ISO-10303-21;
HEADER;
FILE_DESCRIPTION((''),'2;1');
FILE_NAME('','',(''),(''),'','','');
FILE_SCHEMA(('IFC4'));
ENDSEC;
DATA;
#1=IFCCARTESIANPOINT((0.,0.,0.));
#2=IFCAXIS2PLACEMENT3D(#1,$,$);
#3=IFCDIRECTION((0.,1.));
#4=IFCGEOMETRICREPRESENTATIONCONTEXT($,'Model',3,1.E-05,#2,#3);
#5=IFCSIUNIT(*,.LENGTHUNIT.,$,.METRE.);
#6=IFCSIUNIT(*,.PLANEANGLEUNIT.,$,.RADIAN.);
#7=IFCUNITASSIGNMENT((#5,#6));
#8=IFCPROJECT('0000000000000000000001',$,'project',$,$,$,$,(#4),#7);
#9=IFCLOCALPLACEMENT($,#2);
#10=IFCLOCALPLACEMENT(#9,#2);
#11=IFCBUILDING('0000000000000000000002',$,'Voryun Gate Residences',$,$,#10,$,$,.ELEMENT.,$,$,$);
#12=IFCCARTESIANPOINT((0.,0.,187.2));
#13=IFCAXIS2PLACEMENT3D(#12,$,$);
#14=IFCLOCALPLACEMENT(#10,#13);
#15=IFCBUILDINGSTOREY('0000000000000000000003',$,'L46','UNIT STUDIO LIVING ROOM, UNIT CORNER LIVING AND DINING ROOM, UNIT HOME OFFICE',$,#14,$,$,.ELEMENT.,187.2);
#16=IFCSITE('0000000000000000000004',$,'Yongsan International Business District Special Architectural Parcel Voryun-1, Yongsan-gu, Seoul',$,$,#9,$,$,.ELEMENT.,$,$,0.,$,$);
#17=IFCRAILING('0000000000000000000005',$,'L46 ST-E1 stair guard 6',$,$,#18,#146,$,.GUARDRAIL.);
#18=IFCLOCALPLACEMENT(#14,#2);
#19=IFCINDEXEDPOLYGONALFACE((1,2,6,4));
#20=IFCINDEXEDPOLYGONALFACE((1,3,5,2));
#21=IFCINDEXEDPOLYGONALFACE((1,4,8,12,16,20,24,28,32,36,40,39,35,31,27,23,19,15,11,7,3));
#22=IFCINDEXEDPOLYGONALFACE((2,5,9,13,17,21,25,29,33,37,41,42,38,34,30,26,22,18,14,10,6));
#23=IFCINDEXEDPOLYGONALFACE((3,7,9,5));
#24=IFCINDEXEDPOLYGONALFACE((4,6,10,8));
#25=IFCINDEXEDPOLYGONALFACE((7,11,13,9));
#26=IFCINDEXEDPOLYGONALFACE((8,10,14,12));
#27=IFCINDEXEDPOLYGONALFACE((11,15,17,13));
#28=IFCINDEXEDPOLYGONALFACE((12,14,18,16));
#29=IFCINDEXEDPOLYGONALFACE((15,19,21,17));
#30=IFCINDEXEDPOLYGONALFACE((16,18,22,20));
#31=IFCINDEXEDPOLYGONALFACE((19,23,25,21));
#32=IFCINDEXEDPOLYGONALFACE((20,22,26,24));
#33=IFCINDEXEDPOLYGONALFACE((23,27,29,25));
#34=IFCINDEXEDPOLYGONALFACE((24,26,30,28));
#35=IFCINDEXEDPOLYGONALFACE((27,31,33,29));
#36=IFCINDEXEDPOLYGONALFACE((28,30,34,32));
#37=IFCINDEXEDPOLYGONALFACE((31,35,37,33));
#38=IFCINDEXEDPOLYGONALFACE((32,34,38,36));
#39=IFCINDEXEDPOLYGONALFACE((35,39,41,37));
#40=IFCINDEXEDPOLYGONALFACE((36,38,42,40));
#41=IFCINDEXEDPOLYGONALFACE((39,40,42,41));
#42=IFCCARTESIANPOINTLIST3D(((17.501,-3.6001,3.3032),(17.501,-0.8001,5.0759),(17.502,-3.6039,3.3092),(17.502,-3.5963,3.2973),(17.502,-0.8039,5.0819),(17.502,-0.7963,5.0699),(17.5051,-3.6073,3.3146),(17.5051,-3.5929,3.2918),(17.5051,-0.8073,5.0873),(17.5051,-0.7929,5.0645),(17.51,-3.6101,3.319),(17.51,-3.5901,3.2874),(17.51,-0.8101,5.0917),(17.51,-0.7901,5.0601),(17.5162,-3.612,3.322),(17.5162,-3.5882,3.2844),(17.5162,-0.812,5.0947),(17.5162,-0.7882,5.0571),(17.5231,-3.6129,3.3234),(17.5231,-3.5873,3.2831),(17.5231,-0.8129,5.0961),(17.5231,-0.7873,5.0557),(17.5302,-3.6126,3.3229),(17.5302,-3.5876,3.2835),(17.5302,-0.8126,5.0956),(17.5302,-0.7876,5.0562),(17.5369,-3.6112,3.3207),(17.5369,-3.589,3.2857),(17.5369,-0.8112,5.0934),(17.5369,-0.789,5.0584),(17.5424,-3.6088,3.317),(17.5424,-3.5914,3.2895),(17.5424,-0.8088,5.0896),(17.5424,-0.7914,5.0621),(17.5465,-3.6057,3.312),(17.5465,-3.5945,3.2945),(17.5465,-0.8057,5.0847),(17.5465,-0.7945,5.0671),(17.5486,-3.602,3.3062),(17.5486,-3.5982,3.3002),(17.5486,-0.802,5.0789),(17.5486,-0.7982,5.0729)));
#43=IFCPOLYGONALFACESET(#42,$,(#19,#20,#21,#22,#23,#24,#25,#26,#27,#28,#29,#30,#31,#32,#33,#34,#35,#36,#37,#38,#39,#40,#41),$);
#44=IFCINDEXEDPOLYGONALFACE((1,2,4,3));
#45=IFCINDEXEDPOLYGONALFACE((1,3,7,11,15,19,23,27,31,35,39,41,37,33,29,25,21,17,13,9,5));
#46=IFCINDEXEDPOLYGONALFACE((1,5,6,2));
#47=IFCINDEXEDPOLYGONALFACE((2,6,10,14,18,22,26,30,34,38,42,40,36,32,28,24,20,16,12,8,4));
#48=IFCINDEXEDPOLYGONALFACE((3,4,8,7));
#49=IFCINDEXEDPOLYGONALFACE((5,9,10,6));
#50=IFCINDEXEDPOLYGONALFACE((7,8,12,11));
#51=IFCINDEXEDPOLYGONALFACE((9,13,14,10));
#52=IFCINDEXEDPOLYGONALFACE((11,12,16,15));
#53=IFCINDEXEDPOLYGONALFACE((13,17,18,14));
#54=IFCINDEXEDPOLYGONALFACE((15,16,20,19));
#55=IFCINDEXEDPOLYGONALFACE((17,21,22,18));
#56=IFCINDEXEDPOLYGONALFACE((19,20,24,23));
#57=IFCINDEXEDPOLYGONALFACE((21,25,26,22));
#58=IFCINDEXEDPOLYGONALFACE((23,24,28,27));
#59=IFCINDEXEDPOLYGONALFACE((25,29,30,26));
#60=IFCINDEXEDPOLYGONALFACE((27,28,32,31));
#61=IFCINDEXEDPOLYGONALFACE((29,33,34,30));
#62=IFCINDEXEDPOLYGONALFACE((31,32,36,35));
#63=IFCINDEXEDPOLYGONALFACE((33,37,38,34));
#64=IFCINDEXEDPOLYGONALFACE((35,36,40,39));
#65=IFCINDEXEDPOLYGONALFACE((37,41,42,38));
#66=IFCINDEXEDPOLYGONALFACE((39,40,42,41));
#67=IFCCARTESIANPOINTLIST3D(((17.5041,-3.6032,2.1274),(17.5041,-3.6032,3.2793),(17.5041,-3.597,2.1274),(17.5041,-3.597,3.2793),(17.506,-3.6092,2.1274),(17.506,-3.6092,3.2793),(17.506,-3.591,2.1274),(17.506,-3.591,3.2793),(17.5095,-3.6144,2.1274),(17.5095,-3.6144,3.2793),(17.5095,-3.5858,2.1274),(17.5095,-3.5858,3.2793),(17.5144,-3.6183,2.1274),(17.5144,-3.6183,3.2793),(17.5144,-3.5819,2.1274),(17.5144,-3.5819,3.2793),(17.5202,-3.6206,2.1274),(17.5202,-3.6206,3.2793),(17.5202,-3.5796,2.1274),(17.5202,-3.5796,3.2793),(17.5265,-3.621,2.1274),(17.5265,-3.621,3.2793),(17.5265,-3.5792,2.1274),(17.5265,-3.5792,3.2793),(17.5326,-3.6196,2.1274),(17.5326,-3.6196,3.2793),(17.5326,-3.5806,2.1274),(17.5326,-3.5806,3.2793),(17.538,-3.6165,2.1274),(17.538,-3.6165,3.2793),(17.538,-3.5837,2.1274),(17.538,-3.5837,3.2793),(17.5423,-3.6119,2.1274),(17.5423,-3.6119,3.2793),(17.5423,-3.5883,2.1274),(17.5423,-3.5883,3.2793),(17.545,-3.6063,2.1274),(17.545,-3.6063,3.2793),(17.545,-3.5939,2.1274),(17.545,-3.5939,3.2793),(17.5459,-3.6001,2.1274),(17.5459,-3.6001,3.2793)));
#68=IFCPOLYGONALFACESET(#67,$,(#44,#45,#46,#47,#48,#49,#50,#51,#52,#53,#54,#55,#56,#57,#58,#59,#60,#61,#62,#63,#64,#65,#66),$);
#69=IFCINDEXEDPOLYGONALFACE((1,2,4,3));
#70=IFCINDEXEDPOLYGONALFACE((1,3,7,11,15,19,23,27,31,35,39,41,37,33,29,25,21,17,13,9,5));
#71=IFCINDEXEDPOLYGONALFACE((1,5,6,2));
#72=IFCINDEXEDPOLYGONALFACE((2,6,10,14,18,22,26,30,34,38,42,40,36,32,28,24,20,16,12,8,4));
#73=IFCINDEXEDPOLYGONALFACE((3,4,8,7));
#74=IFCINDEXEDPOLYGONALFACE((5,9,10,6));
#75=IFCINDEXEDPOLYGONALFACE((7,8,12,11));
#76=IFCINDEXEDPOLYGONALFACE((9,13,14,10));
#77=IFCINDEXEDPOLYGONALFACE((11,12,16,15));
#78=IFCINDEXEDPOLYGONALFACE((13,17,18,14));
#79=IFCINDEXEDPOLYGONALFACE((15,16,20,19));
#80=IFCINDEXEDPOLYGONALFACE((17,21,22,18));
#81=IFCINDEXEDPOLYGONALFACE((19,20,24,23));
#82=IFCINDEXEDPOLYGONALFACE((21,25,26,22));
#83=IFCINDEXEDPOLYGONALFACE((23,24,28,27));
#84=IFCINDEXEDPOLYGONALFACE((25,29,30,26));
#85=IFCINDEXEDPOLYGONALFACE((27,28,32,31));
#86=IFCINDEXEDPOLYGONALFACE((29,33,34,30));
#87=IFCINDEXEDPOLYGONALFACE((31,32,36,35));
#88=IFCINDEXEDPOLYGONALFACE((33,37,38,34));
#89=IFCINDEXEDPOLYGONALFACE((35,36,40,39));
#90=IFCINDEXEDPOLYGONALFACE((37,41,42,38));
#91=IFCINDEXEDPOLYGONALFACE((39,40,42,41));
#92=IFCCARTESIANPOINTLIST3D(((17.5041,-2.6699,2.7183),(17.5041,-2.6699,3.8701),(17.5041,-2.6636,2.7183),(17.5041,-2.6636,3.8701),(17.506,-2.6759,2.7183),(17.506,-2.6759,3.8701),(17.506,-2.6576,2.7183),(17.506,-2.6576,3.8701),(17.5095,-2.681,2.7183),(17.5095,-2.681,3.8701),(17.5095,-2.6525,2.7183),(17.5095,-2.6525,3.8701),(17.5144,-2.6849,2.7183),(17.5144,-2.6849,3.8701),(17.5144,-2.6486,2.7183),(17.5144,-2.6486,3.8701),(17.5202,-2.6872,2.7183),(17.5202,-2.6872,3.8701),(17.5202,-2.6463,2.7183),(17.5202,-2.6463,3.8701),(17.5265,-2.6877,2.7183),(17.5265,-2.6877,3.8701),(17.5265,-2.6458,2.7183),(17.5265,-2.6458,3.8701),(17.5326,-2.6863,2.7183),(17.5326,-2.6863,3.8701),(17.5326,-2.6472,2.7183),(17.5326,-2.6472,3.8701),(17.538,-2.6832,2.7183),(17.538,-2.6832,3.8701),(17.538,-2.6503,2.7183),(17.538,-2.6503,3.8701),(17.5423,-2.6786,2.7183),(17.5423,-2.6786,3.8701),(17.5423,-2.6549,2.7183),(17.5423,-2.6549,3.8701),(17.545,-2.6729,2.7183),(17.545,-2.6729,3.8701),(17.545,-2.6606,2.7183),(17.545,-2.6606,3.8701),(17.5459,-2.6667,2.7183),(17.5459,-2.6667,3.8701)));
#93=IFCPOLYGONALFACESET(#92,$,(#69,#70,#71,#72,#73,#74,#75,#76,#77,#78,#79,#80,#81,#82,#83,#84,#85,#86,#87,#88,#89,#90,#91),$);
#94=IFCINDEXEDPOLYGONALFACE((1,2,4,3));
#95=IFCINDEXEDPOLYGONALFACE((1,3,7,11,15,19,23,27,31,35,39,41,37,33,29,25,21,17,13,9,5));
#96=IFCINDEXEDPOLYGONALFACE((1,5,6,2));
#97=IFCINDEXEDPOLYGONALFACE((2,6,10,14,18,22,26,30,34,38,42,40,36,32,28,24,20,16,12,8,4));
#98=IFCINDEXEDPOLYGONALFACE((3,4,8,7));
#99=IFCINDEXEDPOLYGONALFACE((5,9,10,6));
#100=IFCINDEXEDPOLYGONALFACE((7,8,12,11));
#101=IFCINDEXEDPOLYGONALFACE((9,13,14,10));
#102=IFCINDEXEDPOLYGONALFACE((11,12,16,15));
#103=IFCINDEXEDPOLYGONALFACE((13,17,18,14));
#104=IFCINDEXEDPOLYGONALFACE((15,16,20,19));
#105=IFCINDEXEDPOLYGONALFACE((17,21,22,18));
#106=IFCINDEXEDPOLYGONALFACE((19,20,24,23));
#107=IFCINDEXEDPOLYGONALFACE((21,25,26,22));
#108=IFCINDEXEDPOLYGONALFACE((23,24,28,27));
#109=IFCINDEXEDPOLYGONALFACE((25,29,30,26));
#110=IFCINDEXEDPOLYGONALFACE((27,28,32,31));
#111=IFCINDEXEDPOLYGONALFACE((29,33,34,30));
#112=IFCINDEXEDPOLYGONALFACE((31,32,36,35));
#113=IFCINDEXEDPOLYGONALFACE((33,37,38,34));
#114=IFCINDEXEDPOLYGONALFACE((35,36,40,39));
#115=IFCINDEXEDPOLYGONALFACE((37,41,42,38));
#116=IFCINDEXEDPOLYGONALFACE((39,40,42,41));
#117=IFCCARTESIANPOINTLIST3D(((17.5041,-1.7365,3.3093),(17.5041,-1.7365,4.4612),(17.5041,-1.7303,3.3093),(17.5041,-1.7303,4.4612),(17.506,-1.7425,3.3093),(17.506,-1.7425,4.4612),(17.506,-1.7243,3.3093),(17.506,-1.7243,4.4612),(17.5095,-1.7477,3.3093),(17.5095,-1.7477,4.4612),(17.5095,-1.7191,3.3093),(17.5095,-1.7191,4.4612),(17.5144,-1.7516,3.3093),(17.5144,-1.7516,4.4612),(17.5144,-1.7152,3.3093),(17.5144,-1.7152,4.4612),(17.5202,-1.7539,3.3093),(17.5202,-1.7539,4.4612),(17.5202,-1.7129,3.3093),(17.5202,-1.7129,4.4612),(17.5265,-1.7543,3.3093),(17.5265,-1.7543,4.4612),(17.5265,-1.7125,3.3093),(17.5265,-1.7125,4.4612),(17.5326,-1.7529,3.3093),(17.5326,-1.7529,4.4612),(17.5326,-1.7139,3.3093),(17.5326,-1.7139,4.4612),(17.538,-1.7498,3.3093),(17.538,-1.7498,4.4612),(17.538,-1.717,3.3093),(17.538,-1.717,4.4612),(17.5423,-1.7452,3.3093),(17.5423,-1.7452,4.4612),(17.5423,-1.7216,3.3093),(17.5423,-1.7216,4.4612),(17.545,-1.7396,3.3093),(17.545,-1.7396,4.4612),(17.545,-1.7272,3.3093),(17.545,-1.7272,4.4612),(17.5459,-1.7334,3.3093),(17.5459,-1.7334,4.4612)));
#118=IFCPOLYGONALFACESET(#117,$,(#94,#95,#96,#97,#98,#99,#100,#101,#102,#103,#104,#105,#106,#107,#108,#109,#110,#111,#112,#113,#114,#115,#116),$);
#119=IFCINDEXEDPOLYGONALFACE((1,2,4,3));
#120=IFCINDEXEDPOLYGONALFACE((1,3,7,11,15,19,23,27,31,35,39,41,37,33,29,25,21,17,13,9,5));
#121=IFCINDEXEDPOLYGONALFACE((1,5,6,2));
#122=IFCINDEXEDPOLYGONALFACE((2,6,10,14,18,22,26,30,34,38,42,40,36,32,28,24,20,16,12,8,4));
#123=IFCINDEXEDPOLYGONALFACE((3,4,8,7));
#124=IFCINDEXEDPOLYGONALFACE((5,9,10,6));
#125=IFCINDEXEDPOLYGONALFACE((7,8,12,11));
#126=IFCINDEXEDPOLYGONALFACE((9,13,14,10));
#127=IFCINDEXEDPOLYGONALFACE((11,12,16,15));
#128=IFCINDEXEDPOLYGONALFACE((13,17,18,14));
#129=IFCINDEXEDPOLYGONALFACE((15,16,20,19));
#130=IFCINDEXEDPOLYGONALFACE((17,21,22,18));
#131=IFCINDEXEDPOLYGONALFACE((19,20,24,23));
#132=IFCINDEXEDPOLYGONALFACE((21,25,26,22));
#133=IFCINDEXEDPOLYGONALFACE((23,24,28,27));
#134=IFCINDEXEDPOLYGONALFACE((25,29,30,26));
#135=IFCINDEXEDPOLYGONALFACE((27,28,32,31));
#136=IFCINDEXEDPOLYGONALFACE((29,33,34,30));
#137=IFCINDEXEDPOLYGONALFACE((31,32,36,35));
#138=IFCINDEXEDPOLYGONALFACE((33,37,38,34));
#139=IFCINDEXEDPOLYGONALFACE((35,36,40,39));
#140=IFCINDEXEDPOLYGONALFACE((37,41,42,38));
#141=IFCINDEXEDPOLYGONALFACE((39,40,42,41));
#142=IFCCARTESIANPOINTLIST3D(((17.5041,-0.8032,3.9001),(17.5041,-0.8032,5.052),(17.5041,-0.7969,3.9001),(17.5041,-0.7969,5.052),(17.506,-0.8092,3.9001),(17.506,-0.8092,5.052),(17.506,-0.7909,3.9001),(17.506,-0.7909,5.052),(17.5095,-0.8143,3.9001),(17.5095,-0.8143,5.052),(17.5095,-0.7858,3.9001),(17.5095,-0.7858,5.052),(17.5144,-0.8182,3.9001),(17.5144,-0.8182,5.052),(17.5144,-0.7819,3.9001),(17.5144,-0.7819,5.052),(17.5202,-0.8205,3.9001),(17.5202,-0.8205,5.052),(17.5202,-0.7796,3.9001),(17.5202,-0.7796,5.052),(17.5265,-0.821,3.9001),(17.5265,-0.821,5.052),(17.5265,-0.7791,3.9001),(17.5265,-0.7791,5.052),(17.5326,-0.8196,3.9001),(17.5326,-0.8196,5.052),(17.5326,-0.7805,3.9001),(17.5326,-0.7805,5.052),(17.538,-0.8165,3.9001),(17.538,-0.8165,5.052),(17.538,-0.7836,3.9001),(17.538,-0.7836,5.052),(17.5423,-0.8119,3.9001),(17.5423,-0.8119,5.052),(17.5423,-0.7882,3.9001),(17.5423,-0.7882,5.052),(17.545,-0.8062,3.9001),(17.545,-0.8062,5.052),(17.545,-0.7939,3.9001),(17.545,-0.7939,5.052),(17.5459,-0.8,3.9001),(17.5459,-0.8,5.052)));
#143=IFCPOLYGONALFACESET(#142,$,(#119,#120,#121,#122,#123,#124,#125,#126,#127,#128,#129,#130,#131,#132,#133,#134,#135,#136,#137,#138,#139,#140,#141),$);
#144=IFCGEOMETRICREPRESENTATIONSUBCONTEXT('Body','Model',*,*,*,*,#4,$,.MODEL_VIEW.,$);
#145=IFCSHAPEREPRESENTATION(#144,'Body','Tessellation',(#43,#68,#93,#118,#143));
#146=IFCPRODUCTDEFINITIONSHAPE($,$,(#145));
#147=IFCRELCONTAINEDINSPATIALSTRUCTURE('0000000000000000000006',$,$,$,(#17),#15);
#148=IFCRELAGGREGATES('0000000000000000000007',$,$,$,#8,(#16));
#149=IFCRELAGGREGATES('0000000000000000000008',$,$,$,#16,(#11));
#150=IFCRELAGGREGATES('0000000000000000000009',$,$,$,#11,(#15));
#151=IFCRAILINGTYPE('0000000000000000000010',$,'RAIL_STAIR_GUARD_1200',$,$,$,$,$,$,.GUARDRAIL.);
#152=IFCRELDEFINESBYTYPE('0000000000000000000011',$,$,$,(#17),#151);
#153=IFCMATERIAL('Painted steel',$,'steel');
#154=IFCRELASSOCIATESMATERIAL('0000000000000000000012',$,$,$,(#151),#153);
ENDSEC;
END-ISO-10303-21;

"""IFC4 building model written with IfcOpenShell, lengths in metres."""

from ifc_helpers import new_model, si_unit, direction, frame, origin, origin_2d, place, context, subcontext, project, spatial, circle, extrude, material, type_object, element, save


model = new_model("IFC4")

# Units and contexts
model_context = context("Model", 3, precision=1e-05, world=origin(), true_north=direction((0.0, 1.0)))
body_context = subcontext(model_context, "Body", "Model", "MODEL_VIEW")
ifc_project = project(units=[si_unit("LENGTHUNIT", "METRE"), si_unit("PLANEANGLEUNIT", "RADIAN")], contexts=[model_context])

# Site, building, storey
site_placement = place(None, origin())
site = spatial("IfcSite", under=ifc_project, at=site_placement, Name="Yongsan International Business District Special Architectural Parcel Voryun-1, Yongsan-gu, Seoul", CompositionType="ELEMENT", RefElevation=0.0)
building_placement = place(site_placement, origin())
building = spatial("IfcBuilding", under=site, at=building_placement, Name="Voryun Gate Residences", CompositionType="ELEMENT")
storey_placement = place(building_placement, frame((0.0, 0.0, 187.2)))
storey = spatial("IfcBuildingStorey", under=building, at=storey_placement, Name="L46", Description="UNIT STUDIO LIVING ROOM, UNIT CORNER LIVING AND DINING ROOM, UNIT HOME OFFICE", CompositionType="ELEMENT", Elevation=187.2)

# Railing
ifc_material_1 = material(Name="Painted steel", Category="steel")
railing_type_1 = type_object("IfcRailingType", Name="RAIL_STAIR_GUARD_1200", PredefinedType="GUARDRAIL", material=ifc_material_1)
railing_1_placement = place(storey_placement, frame((17.5249, -3.6001, 2.1274)))
element("IfcRailing", 1, at=railing_1_placement, inside=storey, type_object=railing_type_1, Name="L46 ST-E1 stair guard 6", PredefinedType="GUARDRAIL", context=body_context, shape_type="SweptSolid", body=[
    extrude(circle(Radius=0.0239, at=origin_2d()), frame((0.0, 0.0, 1.1758), z_axis=(0.0, 0.844909, 0.53491), x_axis=(-1.0, 0.0, 0.0)), (0.0, 0.0, 1.0), 3.314),
    extrude(circle(Radius=0.021, at=origin_2d()), origin(), (0.0, 0.0, 1.0), 1.1519),
    extrude(circle(Radius=0.021, at=origin_2d()), frame((0.0, 0.9333, 0.5908)), (0.0, 0.0, 1.0), 1.1519),
    extrude(circle(Radius=0.021, at=origin_2d()), frame((0.0, 1.8667, 1.1819)), (0.0, 0.0, 1.0), 1.1519),
    extrude(circle(Radius=0.021, at=origin_2d()), frame((0.0, 2.8, 1.7727)), (0.0, 0.0, 1.0), 1.1519),
])

save(model, "model.ifc")
